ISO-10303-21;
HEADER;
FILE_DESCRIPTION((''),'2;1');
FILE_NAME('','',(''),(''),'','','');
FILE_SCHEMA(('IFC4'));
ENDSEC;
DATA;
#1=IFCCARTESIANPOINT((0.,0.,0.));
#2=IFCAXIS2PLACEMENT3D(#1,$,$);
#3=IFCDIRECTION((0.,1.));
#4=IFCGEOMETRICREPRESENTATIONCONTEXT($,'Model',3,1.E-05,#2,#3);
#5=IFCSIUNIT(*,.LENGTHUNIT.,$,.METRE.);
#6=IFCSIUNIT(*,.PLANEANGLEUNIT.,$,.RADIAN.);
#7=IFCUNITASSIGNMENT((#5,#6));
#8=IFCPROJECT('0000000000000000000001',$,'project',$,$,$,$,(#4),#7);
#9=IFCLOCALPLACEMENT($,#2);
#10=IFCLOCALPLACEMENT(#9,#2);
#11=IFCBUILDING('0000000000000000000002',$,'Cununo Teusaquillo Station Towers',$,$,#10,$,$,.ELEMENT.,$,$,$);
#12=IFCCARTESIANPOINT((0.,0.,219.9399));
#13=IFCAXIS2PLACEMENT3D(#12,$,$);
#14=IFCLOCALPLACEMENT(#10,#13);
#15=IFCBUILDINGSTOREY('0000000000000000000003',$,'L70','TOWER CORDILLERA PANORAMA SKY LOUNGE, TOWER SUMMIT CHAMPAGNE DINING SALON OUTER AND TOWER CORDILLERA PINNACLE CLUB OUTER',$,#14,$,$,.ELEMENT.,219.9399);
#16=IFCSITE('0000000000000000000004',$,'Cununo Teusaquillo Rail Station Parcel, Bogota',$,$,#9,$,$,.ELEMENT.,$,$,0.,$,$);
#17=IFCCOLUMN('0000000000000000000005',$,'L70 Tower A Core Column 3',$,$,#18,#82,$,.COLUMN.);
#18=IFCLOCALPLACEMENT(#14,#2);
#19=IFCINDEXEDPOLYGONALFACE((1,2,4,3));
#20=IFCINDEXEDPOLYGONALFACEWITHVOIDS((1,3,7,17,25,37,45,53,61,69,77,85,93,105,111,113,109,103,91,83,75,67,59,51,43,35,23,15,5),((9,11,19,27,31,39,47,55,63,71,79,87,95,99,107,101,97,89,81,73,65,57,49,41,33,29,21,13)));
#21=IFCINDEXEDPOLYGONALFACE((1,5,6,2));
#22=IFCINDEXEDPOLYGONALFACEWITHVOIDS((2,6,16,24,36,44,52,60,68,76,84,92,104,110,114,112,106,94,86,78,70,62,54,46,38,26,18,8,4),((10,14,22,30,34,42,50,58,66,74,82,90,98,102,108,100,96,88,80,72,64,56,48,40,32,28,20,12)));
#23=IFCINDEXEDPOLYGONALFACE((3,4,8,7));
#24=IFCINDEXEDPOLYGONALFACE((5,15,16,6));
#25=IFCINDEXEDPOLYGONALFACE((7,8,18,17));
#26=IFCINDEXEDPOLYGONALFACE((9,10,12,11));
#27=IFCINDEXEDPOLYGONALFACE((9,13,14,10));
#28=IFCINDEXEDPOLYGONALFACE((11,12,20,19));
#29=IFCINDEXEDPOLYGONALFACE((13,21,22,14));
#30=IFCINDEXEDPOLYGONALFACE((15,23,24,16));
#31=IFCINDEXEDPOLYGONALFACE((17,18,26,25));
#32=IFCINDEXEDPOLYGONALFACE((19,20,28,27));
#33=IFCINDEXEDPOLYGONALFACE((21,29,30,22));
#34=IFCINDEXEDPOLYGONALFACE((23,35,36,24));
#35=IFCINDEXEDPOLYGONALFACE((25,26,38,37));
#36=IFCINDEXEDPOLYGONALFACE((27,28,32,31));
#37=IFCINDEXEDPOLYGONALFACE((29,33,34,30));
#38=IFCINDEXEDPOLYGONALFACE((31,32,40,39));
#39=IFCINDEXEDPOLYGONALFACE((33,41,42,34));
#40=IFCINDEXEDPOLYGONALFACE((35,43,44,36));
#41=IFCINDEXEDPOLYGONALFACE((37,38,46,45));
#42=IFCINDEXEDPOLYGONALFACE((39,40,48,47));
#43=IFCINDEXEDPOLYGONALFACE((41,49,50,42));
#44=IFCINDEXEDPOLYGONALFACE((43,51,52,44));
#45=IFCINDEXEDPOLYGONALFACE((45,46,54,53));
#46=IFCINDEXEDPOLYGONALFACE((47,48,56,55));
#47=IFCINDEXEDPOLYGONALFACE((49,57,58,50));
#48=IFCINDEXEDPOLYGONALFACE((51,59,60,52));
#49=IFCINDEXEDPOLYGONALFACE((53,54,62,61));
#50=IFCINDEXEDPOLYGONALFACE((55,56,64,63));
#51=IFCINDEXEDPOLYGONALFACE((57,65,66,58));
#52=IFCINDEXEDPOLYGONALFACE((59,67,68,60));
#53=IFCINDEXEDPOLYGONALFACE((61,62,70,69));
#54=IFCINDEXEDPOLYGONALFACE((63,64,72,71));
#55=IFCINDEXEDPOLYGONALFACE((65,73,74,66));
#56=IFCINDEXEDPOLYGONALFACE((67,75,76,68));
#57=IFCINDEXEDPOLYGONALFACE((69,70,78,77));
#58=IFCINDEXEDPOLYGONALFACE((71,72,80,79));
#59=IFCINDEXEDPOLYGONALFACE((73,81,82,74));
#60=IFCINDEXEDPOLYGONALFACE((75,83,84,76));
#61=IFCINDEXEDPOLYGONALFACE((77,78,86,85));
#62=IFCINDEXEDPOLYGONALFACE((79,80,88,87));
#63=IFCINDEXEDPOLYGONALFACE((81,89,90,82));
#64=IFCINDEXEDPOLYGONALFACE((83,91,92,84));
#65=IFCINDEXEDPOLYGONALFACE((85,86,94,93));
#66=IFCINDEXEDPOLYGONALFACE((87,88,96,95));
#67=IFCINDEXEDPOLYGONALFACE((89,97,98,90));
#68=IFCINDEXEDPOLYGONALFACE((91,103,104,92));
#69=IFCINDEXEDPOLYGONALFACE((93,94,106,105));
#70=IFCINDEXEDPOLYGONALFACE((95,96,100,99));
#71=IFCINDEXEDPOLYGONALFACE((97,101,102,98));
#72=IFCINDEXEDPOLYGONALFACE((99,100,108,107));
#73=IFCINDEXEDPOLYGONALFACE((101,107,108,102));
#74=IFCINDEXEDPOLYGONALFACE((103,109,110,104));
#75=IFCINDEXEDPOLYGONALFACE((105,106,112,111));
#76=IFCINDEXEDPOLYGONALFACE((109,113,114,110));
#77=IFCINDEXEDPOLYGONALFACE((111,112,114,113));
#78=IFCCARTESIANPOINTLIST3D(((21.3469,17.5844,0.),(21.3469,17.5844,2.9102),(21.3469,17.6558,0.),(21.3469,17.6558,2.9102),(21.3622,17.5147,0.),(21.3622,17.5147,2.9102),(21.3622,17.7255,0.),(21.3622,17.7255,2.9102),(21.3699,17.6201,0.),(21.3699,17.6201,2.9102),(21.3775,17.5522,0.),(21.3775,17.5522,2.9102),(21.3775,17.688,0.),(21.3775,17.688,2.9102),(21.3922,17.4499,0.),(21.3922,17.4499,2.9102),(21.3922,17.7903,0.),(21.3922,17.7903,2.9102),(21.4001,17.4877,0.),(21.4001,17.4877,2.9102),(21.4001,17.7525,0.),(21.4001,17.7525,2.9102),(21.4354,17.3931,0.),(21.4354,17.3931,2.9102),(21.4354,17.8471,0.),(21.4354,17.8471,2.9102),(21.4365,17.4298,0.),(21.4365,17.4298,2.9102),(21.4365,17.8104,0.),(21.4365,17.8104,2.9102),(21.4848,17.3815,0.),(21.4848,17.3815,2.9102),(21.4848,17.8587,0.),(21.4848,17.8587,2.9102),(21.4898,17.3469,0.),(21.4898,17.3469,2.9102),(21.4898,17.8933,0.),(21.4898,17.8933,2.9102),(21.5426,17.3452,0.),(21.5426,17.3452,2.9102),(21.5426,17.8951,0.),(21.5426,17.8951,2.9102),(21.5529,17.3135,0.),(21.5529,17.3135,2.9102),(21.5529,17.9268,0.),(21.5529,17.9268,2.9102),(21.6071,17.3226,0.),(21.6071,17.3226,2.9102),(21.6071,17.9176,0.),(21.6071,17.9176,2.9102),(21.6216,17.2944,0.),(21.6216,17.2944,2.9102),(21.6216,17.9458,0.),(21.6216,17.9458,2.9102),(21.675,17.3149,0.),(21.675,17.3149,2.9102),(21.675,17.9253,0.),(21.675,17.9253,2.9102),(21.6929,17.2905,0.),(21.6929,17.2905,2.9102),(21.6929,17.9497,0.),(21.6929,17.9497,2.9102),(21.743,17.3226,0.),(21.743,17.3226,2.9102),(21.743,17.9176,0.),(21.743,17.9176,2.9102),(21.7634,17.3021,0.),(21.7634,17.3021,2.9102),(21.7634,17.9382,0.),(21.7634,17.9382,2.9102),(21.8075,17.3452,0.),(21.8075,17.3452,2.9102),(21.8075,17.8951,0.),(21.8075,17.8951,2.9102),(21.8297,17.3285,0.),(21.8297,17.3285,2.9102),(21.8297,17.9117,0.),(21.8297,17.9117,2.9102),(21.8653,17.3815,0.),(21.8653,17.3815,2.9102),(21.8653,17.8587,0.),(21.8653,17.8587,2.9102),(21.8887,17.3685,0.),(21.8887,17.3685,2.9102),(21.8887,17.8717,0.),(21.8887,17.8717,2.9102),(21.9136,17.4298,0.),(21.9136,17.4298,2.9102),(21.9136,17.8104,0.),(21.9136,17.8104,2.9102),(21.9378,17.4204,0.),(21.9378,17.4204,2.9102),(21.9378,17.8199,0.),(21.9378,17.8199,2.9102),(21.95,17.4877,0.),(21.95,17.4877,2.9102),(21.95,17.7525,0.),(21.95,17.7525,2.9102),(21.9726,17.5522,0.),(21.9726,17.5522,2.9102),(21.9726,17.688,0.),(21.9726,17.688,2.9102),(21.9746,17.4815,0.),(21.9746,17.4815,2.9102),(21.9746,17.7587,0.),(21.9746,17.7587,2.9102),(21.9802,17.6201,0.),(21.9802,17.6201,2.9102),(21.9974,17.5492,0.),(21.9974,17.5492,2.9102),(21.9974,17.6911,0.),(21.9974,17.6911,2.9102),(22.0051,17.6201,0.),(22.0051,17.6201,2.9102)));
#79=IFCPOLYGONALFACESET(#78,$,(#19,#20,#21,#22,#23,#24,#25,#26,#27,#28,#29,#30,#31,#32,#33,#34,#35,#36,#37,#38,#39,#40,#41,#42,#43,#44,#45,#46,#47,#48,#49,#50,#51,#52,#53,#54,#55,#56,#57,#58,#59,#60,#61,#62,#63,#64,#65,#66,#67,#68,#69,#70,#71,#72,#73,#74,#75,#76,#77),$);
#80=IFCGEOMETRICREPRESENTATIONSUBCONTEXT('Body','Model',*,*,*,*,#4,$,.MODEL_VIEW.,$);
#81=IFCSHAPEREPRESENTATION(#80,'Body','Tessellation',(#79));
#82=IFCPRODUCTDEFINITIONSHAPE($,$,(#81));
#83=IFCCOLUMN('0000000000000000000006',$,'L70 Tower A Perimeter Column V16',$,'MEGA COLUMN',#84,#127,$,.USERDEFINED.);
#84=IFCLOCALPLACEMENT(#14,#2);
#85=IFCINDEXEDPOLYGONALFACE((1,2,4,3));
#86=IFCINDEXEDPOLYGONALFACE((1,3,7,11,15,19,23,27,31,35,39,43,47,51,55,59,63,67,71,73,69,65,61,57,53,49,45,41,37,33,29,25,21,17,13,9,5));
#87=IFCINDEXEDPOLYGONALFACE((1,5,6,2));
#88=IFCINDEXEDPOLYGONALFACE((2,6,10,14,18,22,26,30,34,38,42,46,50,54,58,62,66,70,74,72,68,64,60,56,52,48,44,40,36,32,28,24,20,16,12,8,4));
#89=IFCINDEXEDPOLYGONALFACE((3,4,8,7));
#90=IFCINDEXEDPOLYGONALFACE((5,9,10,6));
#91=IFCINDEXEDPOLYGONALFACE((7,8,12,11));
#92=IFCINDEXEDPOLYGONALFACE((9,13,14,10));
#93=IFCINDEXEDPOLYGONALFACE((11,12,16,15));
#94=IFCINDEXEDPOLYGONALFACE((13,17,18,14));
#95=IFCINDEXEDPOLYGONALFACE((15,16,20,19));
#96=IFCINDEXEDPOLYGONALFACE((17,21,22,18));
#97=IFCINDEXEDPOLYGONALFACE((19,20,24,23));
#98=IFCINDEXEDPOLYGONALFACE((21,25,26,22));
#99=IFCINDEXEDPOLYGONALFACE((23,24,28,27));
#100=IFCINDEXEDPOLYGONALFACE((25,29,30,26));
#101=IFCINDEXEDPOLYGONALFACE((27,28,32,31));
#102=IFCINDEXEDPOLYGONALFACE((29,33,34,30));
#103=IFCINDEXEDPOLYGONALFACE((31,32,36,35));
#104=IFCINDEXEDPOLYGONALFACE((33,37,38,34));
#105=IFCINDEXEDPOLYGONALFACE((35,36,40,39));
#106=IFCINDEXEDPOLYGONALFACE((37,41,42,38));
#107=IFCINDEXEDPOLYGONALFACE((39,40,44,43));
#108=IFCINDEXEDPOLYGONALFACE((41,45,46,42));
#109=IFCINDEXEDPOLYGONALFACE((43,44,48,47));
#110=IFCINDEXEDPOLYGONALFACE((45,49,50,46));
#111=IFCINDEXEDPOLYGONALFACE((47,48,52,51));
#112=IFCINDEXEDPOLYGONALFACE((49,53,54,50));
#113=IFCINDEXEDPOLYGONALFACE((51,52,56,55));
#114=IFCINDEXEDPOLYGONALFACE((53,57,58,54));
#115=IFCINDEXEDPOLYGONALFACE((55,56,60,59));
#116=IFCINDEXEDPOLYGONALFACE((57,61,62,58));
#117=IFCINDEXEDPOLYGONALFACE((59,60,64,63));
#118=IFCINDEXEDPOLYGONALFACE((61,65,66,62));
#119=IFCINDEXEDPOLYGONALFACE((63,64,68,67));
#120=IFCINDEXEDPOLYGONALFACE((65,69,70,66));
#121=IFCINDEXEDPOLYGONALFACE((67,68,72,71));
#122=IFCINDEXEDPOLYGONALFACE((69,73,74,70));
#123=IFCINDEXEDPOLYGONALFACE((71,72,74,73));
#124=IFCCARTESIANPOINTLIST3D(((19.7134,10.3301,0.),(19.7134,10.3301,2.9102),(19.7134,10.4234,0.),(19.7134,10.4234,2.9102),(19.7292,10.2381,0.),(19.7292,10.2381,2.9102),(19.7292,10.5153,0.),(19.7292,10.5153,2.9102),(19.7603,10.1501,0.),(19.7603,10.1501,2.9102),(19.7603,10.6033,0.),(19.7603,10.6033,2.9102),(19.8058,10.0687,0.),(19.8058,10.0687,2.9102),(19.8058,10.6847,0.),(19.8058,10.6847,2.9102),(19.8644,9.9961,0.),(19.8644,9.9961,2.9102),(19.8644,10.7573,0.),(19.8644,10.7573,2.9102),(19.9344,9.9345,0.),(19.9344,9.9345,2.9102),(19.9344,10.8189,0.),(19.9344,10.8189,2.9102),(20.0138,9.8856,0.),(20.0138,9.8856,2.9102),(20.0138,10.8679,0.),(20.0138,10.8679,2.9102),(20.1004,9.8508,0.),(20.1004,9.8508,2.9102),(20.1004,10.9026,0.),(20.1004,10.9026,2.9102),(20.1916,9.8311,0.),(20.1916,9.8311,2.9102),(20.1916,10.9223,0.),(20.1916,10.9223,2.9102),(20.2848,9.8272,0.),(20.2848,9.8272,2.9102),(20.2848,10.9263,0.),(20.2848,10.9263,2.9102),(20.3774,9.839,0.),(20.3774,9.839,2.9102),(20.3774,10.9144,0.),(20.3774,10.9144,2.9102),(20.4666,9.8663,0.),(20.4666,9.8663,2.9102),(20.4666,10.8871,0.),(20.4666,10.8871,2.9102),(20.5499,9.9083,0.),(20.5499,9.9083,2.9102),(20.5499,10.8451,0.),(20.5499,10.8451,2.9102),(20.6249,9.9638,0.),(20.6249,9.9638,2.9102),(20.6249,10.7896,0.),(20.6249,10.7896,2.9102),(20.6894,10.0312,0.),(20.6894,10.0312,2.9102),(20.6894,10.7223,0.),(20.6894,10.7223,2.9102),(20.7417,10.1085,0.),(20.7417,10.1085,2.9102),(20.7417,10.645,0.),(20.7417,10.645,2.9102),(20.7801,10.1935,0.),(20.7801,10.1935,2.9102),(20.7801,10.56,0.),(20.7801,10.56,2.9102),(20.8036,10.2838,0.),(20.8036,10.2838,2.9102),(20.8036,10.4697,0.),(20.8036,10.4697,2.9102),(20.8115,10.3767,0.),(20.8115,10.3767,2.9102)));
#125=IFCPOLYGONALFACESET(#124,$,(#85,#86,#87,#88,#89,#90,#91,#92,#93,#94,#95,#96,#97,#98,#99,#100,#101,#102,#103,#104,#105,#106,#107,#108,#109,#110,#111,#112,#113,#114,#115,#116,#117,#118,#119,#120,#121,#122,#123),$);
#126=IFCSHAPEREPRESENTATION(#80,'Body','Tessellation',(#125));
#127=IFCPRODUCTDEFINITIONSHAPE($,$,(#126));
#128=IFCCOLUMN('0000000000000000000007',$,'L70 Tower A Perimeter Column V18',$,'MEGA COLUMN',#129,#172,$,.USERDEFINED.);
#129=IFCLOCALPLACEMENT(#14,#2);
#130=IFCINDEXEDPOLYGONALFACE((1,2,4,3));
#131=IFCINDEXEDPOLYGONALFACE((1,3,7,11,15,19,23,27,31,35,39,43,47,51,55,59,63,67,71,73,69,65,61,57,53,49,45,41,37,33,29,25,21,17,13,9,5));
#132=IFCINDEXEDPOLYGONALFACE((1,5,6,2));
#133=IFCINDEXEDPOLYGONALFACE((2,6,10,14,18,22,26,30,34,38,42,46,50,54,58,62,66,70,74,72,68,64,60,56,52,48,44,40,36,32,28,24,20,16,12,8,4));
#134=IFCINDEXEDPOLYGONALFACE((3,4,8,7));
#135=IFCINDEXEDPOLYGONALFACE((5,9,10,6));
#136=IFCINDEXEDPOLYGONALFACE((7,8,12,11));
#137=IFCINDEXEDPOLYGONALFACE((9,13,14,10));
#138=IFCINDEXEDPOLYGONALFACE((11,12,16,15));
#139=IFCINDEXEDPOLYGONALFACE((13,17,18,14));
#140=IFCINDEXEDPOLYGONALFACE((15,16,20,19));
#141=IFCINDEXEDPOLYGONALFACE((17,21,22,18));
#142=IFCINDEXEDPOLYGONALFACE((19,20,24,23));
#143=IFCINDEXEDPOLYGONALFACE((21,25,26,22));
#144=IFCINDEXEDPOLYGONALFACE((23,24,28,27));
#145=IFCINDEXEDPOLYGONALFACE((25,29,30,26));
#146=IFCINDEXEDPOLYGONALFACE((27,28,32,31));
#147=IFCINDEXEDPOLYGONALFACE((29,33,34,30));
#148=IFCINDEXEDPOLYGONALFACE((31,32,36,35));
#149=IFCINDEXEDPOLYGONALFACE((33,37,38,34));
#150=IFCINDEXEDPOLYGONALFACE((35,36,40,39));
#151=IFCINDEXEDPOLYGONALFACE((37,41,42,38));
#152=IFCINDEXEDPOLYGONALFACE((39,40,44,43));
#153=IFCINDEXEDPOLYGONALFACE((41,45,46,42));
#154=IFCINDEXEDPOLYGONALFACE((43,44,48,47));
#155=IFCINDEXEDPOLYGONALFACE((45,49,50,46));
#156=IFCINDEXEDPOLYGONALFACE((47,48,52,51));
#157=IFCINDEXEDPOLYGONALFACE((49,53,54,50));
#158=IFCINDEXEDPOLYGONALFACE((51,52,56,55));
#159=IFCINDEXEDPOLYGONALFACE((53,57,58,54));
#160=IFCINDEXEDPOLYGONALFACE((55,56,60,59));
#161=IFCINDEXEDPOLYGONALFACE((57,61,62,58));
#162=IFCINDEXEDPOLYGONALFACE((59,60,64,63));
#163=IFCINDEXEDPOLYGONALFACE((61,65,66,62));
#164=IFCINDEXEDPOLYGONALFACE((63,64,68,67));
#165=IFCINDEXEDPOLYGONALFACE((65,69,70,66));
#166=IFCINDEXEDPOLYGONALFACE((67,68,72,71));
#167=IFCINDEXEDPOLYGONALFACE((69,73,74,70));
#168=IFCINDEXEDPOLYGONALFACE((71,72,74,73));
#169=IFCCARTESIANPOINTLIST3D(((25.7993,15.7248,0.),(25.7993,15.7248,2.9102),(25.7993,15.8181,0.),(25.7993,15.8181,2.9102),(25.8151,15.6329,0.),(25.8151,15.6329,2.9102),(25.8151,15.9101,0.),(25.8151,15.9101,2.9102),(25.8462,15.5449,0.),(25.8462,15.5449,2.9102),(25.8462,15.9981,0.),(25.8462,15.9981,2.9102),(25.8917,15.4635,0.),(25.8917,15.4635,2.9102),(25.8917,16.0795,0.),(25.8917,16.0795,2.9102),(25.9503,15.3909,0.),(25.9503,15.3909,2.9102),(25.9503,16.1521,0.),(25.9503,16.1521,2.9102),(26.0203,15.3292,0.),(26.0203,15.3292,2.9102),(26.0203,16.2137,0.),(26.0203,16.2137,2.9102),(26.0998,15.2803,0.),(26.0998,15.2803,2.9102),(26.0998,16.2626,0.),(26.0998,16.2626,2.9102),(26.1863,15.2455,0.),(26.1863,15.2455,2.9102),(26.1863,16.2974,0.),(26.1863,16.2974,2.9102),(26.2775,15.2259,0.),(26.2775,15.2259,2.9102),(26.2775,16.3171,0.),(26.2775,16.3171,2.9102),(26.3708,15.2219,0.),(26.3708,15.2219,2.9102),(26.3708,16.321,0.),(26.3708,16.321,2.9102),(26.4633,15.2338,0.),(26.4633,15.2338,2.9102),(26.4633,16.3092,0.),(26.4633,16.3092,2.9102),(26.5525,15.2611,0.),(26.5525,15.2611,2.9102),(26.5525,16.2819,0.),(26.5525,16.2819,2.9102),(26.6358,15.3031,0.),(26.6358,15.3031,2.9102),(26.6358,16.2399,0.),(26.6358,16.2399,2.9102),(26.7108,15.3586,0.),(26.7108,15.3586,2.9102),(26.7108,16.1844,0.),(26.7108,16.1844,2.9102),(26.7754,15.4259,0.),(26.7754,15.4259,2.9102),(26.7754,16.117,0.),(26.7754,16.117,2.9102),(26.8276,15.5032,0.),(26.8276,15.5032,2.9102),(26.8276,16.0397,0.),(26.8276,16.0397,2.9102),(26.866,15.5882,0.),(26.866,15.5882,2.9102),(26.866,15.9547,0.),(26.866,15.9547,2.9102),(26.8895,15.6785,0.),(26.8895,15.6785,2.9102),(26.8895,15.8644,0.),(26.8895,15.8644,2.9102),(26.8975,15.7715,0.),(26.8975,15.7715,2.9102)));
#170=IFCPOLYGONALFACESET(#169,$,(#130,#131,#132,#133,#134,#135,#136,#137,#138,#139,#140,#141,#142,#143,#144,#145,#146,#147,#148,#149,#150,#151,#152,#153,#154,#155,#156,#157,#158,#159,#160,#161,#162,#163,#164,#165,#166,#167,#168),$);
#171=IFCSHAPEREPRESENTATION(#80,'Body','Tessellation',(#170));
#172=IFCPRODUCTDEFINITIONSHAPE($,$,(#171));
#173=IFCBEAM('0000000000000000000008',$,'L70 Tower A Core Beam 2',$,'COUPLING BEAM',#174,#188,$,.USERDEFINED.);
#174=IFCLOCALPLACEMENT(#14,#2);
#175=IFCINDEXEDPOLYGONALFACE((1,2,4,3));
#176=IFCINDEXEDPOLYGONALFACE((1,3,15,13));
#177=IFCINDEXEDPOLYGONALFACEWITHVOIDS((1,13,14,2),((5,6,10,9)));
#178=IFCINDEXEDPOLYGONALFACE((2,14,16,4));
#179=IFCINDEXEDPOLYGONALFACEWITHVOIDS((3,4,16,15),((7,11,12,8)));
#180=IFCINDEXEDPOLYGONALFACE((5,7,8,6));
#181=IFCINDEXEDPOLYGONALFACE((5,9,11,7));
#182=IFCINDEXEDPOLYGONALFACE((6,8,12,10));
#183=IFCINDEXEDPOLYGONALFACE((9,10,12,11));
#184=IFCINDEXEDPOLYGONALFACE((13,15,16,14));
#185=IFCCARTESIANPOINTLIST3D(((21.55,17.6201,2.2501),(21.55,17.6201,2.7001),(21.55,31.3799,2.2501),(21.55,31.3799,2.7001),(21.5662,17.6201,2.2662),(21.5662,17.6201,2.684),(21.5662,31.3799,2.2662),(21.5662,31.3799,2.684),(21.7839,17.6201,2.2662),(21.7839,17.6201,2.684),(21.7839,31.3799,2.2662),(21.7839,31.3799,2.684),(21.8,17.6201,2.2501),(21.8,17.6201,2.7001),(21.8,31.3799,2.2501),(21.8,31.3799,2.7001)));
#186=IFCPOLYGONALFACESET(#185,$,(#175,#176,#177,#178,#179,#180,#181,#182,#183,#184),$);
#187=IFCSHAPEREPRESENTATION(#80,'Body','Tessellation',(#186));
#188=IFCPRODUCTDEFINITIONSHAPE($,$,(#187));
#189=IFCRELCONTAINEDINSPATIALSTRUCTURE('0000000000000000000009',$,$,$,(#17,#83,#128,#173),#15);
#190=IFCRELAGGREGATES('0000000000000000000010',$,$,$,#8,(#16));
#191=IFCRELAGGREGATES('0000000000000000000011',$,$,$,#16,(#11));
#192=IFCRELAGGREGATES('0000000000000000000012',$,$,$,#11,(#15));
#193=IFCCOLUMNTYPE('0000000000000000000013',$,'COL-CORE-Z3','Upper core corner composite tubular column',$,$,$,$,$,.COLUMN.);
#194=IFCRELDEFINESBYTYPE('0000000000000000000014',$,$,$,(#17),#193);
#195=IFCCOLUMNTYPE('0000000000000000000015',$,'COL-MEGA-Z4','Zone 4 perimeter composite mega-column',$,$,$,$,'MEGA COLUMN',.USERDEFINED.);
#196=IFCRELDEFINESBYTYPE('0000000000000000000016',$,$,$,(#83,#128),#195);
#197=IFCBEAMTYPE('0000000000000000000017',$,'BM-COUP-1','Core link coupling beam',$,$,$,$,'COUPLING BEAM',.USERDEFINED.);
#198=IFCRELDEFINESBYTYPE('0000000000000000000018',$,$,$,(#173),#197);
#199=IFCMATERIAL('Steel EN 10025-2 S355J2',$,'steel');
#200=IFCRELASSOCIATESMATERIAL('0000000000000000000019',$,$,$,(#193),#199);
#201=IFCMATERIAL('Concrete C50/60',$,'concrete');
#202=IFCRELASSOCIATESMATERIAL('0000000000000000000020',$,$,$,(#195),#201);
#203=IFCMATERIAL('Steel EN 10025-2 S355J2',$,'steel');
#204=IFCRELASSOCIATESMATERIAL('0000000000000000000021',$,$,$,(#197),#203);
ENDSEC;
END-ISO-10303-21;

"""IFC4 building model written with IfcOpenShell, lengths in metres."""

from ifc_helpers import new_model, si_unit, direction, frame, origin, origin_2d, place, context, subcontext, project, spatial, hollow_rectangle, circle, hollow_circle, extrude, material, material_profile, profile_set, type_object, element, save


model = new_model("IFC4")

# Units and contexts
model_context = context("Model", 3, precision=1e-05, world=origin(), true_north=direction((0.0, 1.0)))
body_context = subcontext(model_context, "Body", "Model", "MODEL_VIEW")
ifc_project = project(units=[si_unit("LENGTHUNIT", "METRE"), si_unit("PLANEANGLEUNIT", "RADIAN")], contexts=[model_context])

# Site, building, storey
site_placement = place(None, origin())
site = spatial("IfcSite", under=ifc_project, at=site_placement, Name="Cununo Teusaquillo Rail Station Parcel, Bogota", CompositionType="ELEMENT", RefElevation=0.0)
building_placement = place(site_placement, origin())
building = spatial("IfcBuilding", under=site, at=building_placement, Name="Cununo Teusaquillo Station Towers", CompositionType="ELEMENT")
storey_placement = place(building_placement, frame((0.0, 0.0, 219.9399)))
storey = spatial("IfcBuildingStorey", under=building, at=storey_placement, Name="L70", Description="TOWER CORDILLERA PANORAMA SKY LOUNGE, TOWER SUMMIT CHAMPAGNE DINING SALON OUTER AND TOWER CORDILLERA PINNACLE CLUB OUTER", CompositionType="ELEMENT", Elevation=219.9399)

# Columns
ifc_material_1 = material(Name="Steel EN 10025-2 S355J2", Category="steel")
ifc_material_profile_1 = material_profile(ifc_material_1, hollow_circle(Radius=0.3301, WallThickness=0.0249, at=origin_2d()), Name="CHS 660x25")
ifc_profile_set_1 = profile_set([ifc_material_profile_1], Name="Steel EN 10025-2 S355J2")
column_type_1 = type_object("IfcColumnType", Name="COL-CORE-Z3", Description="Upper core corner composite tubular column", PredefinedType="COLUMN", material=ifc_profile_set_1)
column_placement = place(storey_placement, frame((21.675, 17.6201, 0.0), z_axis=(0.0, 0.0, 1.0), x_axis=(1.0, 0.0, 0.0)))
element("IfcColumn", 1, at=column_placement, inside=storey, type_object=column_type_1, Name="L70 Tower A Core Column 3", PredefinedType="COLUMN", context=body_context, shape_type="SweptSolid", body=[
    extrude(hollow_circle(Radius=0.3301, WallThickness=0.0249, at=origin_2d()), origin(), (0.0, 0.0, 1.0), 2.9102),
])
ifc_material_2 = material(Name="Concrete C50/60", Category="concrete")
ifc_material_profile_2 = material_profile(ifc_material_2, circle(Radius=0.55, at=origin_2d()), Name="RC-CIRC-1100")
ifc_profile_set_2 = profile_set([ifc_material_profile_2], Name="Concrete C50/60")
column_type_2 = type_object("IfcColumnType", Name="COL-MEGA-Z4", Description="Zone 4 perimeter composite mega-column", ElementType="MEGA COLUMN", PredefinedType="USERDEFINED", material=ifc_profile_set_2)
for number, where, z_axis, x_axis, name in (
    (2, (20.2615, 10.3767, 0.0), (0.0, 0.0, 1.0), (1.0, 0.0, 0.0), "L70 Tower A Perimeter Column V16"),
    (3, (26.3474, 15.7715, 0.0), (0.0, 0.0, 1.0), (1.0, 0.0, 0.0), "L70 Tower A Perimeter Column V18"),
):
    element("IfcColumn", number, at=place(storey_placement, frame(where, z_axis=z_axis, x_axis=x_axis)), inside=storey, type_object=column_type_2, Name=name, ObjectType="MEGA COLUMN", PredefinedType="USERDEFINED", context=body_context, shape_type="SweptSolid", body=[
        extrude(circle(Radius=0.55, at=origin_2d()), origin(), (0.0, 0.0, 1.0), 2.9102),
    ])

# Beam
ifc_material_3 = material(Name="Steel EN 10025-2 S355J2", Category="steel")
ifc_material_profile_3 = material_profile(ifc_material_3, hollow_rectangle(XDim=0.25, YDim=0.45, WallThickness=0.0161, at=origin_2d()), Name="RHS 450x250x16")
ifc_profile_set_3 = profile_set([ifc_material_profile_3], Name="Steel EN 10025-2 S355J2")
beam_type_1 = type_object("IfcBeamType", Name="BM-COUP-1", Description="Core link coupling beam", ElementType="COUPLING BEAM", PredefinedType="USERDEFINED", material=ifc_profile_set_3)
beam_1_placement = place(storey_placement, frame((21.675, 17.6201, 2.4751), z_axis=(0.0, 1.0, 0.0), x_axis=(-1.0, 0.0, 0.0)))
element("IfcBeam", 4, at=beam_1_placement, inside=storey, type_object=beam_type_1, Name="L70 Tower A Core Beam 2", ObjectType="COUPLING BEAM", PredefinedType="USERDEFINED", context=body_context, shape_type="SweptSolid", body=[
    extrude(hollow_rectangle(XDim=0.25, YDim=0.45, WallThickness=0.0161, at=origin_2d()), origin(), (0.0, 0.0, 1.0), 13.7598),
])

save(model, "model.ifc")
